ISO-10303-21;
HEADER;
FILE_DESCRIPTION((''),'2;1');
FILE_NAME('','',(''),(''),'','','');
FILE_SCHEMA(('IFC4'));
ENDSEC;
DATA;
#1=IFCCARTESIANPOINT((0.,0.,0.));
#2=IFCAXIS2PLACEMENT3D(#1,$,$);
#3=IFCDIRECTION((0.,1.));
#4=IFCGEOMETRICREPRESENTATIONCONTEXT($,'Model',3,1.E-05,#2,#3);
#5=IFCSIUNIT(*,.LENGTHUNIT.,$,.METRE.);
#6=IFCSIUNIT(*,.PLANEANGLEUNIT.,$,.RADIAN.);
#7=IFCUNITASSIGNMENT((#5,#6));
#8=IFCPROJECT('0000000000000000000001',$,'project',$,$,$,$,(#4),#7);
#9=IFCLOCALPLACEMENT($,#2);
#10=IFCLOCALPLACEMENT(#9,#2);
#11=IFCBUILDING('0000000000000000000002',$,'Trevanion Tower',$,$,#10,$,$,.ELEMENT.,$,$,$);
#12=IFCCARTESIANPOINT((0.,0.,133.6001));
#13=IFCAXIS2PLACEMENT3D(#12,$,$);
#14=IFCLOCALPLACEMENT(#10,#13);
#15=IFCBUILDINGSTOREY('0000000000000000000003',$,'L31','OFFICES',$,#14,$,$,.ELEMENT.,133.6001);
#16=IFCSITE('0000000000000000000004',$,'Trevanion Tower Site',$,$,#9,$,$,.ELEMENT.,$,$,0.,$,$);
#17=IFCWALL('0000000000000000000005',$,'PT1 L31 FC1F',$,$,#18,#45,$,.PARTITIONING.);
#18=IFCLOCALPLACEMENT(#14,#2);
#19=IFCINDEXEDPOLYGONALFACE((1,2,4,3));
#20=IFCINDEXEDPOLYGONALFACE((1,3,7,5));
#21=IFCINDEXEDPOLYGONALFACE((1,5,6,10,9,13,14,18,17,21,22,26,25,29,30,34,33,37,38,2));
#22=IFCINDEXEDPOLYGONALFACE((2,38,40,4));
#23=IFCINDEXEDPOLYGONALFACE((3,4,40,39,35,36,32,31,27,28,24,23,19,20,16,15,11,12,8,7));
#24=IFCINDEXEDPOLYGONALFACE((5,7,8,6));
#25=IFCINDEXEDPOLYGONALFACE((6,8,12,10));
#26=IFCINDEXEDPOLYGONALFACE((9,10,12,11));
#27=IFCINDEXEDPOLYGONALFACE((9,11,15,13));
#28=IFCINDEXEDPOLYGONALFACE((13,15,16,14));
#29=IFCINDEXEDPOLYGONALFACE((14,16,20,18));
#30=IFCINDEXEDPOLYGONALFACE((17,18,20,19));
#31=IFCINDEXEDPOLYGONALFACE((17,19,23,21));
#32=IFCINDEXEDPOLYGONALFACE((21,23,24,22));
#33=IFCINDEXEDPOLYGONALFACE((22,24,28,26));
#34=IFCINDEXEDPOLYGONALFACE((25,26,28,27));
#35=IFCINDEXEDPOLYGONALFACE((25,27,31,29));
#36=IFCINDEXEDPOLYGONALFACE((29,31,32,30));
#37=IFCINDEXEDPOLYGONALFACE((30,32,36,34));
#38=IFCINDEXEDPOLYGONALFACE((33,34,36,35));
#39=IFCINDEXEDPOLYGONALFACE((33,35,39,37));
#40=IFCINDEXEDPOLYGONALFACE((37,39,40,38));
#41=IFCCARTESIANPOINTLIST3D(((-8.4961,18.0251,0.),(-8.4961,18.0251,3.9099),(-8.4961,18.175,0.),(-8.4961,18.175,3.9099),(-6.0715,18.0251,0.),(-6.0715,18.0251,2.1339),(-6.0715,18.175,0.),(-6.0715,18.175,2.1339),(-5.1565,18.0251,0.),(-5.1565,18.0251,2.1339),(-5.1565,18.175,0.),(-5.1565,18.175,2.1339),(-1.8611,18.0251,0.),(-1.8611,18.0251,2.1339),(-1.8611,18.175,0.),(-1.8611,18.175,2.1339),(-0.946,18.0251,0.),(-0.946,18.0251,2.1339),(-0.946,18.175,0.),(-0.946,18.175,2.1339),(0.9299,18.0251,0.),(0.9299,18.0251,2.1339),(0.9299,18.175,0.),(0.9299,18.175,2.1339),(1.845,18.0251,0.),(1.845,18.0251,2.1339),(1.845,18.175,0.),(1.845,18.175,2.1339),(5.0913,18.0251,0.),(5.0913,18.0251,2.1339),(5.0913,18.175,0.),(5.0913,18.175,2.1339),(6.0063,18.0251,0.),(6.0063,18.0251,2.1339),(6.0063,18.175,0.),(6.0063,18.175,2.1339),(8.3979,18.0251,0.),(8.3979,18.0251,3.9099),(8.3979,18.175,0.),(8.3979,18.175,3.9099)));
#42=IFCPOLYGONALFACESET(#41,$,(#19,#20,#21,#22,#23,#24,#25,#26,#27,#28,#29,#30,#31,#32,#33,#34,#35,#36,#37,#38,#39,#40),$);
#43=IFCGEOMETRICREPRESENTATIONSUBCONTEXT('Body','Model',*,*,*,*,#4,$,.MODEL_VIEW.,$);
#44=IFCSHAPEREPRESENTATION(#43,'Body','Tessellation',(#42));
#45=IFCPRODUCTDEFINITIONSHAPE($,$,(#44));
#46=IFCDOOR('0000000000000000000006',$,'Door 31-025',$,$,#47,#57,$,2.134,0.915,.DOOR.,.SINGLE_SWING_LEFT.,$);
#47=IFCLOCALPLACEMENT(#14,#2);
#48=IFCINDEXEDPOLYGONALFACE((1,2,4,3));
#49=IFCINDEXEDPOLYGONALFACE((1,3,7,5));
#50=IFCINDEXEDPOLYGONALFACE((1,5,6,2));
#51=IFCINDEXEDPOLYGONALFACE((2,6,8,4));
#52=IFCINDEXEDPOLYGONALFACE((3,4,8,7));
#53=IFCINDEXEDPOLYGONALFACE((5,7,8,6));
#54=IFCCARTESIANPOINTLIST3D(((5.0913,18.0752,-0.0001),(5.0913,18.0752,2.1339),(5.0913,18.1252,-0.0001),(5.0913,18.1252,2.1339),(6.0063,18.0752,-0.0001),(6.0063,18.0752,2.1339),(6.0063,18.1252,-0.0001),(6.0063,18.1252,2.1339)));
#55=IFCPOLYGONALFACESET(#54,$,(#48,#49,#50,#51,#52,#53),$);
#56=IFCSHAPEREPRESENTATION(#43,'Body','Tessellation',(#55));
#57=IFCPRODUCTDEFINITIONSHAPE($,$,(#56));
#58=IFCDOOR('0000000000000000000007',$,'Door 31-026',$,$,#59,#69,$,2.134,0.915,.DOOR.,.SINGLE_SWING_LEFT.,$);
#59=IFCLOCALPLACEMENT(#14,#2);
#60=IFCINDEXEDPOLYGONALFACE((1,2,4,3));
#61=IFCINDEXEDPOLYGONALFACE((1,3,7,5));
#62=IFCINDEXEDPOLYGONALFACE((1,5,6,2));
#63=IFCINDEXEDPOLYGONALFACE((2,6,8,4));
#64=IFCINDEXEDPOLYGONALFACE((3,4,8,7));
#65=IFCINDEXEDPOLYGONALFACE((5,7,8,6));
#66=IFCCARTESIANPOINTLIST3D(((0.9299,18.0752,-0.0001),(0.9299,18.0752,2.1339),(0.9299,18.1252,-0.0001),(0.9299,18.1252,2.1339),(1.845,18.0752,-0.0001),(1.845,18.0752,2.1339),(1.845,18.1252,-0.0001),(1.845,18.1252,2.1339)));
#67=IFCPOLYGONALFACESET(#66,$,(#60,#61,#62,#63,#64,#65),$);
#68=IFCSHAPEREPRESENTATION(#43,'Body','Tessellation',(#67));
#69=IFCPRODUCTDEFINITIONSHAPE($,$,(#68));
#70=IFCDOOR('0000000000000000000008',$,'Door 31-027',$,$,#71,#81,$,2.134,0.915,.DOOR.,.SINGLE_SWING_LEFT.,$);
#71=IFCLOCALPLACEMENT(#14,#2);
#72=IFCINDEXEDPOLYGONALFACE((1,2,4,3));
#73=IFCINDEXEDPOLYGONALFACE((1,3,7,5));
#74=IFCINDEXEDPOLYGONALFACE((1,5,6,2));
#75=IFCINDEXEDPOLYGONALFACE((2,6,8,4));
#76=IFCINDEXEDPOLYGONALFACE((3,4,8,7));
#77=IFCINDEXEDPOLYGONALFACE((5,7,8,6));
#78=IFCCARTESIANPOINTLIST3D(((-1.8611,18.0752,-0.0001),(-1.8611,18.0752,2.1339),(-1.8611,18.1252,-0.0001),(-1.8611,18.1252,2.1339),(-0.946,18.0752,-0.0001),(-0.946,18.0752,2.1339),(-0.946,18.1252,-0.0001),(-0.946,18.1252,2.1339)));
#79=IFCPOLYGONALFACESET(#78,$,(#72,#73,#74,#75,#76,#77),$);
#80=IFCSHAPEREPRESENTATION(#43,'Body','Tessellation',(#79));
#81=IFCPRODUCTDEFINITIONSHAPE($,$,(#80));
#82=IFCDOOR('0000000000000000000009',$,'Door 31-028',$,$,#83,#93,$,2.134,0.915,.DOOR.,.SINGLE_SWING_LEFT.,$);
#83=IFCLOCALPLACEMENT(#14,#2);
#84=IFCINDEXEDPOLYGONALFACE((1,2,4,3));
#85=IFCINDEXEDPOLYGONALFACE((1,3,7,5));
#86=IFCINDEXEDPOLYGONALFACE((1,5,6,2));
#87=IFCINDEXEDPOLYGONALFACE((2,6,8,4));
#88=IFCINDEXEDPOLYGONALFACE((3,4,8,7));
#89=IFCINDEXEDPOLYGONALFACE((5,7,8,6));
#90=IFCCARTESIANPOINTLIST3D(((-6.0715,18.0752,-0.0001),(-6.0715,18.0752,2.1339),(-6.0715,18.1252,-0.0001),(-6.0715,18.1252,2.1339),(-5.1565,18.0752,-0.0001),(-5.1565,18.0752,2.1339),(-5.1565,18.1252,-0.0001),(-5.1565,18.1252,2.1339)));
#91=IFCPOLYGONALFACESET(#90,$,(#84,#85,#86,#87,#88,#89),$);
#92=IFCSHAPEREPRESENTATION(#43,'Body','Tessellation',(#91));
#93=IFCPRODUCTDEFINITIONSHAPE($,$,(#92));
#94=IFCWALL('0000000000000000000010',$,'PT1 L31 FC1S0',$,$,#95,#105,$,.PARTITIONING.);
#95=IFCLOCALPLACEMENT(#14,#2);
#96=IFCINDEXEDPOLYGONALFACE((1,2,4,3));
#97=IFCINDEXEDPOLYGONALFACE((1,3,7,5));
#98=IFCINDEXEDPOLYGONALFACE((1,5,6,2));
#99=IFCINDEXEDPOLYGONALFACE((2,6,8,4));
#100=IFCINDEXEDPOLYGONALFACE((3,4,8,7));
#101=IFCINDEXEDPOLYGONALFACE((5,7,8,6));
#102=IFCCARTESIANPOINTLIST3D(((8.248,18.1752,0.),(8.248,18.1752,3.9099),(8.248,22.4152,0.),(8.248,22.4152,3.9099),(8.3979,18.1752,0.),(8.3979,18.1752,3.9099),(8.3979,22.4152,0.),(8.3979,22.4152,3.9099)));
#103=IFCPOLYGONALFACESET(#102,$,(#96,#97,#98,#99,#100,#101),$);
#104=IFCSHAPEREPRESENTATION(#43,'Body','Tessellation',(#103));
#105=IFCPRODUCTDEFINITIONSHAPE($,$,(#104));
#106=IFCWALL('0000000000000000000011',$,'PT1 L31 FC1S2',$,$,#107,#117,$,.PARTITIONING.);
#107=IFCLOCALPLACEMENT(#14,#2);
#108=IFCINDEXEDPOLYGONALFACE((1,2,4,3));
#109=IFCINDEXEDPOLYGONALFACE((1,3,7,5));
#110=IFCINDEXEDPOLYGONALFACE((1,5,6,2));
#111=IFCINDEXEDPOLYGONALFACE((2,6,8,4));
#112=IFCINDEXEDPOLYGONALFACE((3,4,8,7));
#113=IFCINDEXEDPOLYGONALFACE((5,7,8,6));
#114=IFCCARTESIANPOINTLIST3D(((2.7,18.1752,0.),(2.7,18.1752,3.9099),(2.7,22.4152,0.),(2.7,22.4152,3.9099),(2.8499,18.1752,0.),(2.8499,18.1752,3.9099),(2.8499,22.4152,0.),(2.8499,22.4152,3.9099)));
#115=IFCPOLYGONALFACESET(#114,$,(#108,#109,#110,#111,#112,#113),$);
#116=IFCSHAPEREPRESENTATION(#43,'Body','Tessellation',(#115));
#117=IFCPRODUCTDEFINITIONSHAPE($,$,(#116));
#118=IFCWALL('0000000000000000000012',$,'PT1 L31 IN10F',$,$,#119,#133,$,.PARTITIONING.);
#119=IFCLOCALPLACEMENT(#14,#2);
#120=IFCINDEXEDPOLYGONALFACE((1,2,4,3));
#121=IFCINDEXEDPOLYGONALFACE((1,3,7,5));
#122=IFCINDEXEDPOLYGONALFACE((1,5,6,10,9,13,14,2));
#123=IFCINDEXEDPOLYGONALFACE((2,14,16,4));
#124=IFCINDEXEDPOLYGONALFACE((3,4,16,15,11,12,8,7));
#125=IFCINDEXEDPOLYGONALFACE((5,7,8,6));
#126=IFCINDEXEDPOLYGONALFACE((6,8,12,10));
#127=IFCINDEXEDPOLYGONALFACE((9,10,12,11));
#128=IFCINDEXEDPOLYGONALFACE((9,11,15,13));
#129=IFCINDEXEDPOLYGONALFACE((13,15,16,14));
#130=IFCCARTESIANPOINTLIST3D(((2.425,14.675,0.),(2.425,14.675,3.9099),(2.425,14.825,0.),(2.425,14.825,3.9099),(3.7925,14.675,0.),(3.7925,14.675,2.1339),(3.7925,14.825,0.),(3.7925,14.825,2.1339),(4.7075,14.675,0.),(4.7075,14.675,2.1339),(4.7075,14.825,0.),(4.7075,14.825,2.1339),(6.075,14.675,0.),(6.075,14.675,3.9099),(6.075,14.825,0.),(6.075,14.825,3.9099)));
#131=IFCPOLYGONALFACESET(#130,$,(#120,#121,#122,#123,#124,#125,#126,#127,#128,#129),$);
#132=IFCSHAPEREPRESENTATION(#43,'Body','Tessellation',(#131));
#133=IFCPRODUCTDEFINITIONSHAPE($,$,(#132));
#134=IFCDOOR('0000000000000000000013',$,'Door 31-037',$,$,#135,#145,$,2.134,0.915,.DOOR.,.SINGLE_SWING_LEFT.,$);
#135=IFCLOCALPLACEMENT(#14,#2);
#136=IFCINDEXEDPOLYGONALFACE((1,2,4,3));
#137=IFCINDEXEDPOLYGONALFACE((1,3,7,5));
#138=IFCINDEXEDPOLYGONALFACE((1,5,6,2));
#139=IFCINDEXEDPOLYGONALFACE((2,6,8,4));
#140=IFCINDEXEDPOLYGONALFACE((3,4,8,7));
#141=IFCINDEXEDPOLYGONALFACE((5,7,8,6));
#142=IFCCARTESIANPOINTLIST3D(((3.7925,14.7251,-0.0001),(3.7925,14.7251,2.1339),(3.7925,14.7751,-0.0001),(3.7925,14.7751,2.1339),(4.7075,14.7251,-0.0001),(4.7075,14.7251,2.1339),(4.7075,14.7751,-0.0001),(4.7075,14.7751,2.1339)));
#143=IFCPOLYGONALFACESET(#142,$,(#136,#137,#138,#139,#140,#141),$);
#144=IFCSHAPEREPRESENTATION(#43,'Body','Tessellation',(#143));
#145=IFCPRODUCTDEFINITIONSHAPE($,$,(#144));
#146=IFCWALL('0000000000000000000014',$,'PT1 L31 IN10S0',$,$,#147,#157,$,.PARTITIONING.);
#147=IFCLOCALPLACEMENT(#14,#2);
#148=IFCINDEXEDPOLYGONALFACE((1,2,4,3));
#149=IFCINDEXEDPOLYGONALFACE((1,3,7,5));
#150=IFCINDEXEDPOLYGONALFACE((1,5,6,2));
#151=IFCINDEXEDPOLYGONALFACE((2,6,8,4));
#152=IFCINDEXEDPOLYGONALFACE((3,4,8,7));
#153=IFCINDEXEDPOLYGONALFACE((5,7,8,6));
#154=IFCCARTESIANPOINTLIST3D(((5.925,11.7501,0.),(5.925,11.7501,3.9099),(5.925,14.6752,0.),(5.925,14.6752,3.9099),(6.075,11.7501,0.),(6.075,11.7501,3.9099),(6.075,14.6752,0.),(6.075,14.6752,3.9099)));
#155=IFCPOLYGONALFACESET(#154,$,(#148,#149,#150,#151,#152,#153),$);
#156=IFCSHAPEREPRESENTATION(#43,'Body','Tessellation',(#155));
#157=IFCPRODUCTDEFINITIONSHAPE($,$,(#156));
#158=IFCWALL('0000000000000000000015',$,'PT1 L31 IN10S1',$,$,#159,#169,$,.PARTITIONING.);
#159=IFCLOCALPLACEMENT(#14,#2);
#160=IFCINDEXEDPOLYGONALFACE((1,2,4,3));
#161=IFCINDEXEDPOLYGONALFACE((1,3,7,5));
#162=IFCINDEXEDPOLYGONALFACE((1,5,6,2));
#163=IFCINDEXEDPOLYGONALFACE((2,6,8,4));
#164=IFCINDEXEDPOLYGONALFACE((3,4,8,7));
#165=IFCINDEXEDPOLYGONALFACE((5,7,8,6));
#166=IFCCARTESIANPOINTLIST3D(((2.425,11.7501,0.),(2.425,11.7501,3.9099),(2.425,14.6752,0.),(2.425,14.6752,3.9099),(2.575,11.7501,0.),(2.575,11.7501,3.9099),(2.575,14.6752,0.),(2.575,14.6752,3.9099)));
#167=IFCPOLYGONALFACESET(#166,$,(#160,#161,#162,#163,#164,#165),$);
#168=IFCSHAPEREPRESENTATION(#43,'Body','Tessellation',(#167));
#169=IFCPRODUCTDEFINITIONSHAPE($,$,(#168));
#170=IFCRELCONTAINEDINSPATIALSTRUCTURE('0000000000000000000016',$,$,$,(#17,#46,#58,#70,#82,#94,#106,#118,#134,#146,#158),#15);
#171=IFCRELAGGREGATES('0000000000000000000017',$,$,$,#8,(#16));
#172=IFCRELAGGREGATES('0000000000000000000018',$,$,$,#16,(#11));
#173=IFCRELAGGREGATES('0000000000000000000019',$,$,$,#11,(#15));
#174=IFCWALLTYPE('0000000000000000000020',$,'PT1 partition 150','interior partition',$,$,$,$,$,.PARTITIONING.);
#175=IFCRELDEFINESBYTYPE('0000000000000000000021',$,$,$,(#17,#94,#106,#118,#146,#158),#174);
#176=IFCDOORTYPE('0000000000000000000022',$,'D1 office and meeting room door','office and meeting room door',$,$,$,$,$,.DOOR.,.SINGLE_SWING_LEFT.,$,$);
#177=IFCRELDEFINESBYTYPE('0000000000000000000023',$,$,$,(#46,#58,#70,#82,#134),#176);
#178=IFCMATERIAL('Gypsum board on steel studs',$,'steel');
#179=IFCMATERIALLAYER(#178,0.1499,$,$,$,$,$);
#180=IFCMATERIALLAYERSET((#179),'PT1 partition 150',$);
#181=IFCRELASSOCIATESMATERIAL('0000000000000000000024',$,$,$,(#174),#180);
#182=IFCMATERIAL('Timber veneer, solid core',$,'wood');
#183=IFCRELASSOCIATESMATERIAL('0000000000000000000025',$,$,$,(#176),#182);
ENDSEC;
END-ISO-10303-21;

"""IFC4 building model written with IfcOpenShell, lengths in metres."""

from ifc_helpers import new_model, si_unit, direction, frame, frame_2d, origin, place, context, subcontext, project, spatial, rectangle, extrude, material, layer, layer_set, type_object, element, fill, save


model = new_model("IFC4")

# Units and contexts
model_context = context("Model", 3, precision=1e-05, world=origin(), true_north=direction((0.0, 1.0)))
body_context = subcontext(model_context, "Body", "Model", "MODEL_VIEW")
ifc_project = project(units=[si_unit("LENGTHUNIT", "METRE"), si_unit("PLANEANGLEUNIT", "RADIAN")], contexts=[model_context])

# Site, building, storey
site_placement = place(None, origin())
site = spatial("IfcSite", under=ifc_project, at=site_placement, Name="Trevanion Tower Site", CompositionType="ELEMENT", RefElevation=0.0)
building_placement = place(site_placement, origin())
building = spatial("IfcBuilding", under=site, at=building_placement, Name="Trevanion Tower", CompositionType="ELEMENT")
storey_placement = place(building_placement, frame((0.0, 0.0, 133.6001)))
storey = spatial("IfcBuildingStorey", under=building, at=storey_placement, Name="L31", Description="OFFICES", CompositionType="ELEMENT", Elevation=133.6001)

# Wall, openings, doors
ifc_material_1 = material(Name="Gypsum board on steel studs", Category="steel")
ifc_layer_1 = layer(ifc_material_1, 0.1499)
ifc_layer_set_1 = layer_set([ifc_layer_1], Name="PT1 partition 150")
wall_type_1 = type_object("IfcWallType", Name="PT1 partition 150", Description="interior partition", PredefinedType="PARTITIONING", material=ifc_layer_set_1)
wall_1_placement = place(storey_placement, frame((8.3979, 18.1001, 0.0), z_axis=(0.0, 0.0, 1.0), x_axis=(-1.0, 0.0, 0.0)))
wall_1 = element("IfcWall", 1, at=wall_1_placement, inside=storey, type_object=wall_type_1, Name="PT1 L31 FC1F", PredefinedType="PARTITIONING", context=body_context, shape_type="SweptSolid", body=[
    extrude(rectangle(XDim=16.894, YDim=0.1499, at=frame_2d((8.447, 0.0))), origin(), (0.0, 0.0, 1.0), 3.9099),
])
opening_1_placement = place(wall_1_placement, frame((2.3916, 0.0, 0.0)))
opening_1 = element("IfcOpeningElement", 2, at=opening_1_placement, cuts=wall_1, PredefinedType="OPENING", context=body_context, shape_type="SweptSolid", body=[
    extrude(rectangle(XDim=0.915, YDim=2.134, at=frame_2d((0.4575, 1.0669))), frame((0.0, 0.085, 0.0), z_axis=(0.0, -1.0, 0.0), x_axis=(1.0, 0.0, 0.0)), (0.0, 0.0, 1.0), 0.1699),
])
opening_2_placement = place(wall_1_placement, frame((6.553, 0.0, 0.0)))
opening_2 = element("IfcOpeningElement", 3, at=opening_2_placement, cuts=wall_1, PredefinedType="OPENING", context=body_context, shape_type="SweptSolid", body=[
    extrude(rectangle(XDim=0.915, YDim=2.134, at=frame_2d((0.4575, 1.0669))), frame((0.0, 0.085, 0.0), z_axis=(0.0, -1.0, 0.0), x_axis=(1.0, 0.0, 0.0)), (0.0, 0.0, 1.0), 0.1699),
])
opening_3_placement = place(wall_1_placement, frame((9.344, 0.0, 0.0)))
opening_3 = element("IfcOpeningElement", 4, at=opening_3_placement, cuts=wall_1, PredefinedType="OPENING", context=body_context, shape_type="SweptSolid", body=[
    extrude(rectangle(XDim=0.915, YDim=2.134, at=frame_2d((0.4575, 1.0669))), frame((0.0, 0.085, 0.0), z_axis=(0.0, -1.0, 0.0), x_axis=(1.0, 0.0, 0.0)), (0.0, 0.0, 1.0), 0.1699),
])
opening_4_placement = place(wall_1_placement, frame((13.5544, 0.0, 0.0)))
opening_4 = element("IfcOpeningElement", 5, at=opening_4_placement, cuts=wall_1, PredefinedType="OPENING", context=body_context, shape_type="SweptSolid", body=[
    extrude(rectangle(XDim=0.915, YDim=2.134, at=frame_2d((0.4575, 1.0669))), frame((0.0, 0.085, 0.0), z_axis=(0.0, -1.0, 0.0), x_axis=(1.0, 0.0, 0.0)), (0.0, 0.0, 1.0), 0.1699),
])
ifc_material_2 = material(Name="Timber veneer, solid core", Category="wood")
door_type = type_object("IfcDoorType", Name="D1 office and meeting room door", Description="office and meeting room door", OperationType="SINGLE_SWING_LEFT", PredefinedType="DOOR", material=ifc_material_2)
door_1_placement = place(opening_1_placement, origin())
door_1 = element("IfcDoor", 6, at=door_1_placement, inside=storey, type_object=door_type, Name="Door 31-025", OperationType="SINGLE_SWING_LEFT", OverallHeight=2.134, OverallWidth=0.915, PredefinedType="DOOR", context=body_context, shape_type="SweptSolid", body=[
    extrude(rectangle(XDim=0.915, YDim=2.134, at=frame_2d((0.4575, 1.0669))), frame((0.0, 0.0249, 0.0), z_axis=(0.0, -1.0, 0.0), x_axis=(1.0, 0.0, 0.0)), (0.0, 0.0, 1.0), 0.05),
])
fill(opening_1, door_1)
door_2_placement = place(opening_2_placement, origin())
door_2 = element("IfcDoor", 7, at=door_2_placement, inside=storey, type_object=door_type, Name="Door 31-026", OperationType="SINGLE_SWING_LEFT", OverallHeight=2.134, OverallWidth=0.915, PredefinedType="DOOR", context=body_context, shape_type="SweptSolid", body=[
    extrude(rectangle(XDim=0.915, YDim=2.134, at=frame_2d((0.4575, 1.0669))), frame((0.0, 0.0249, 0.0), z_axis=(0.0, -1.0, 0.0), x_axis=(1.0, 0.0, 0.0)), (0.0, 0.0, 1.0), 0.05),
])
fill(opening_2, door_2)
door_3_placement = place(opening_3_placement, origin())
door_3 = element("IfcDoor", 8, at=door_3_placement, inside=storey, type_object=door_type, Name="Door 31-027", OperationType="SINGLE_SWING_LEFT", OverallHeight=2.134, OverallWidth=0.915, PredefinedType="DOOR", context=body_context, shape_type="SweptSolid", body=[
    extrude(rectangle(XDim=0.915, YDim=2.134, at=frame_2d((0.4575, 1.0669))), frame((0.0, 0.0249, 0.0), z_axis=(0.0, -1.0, 0.0), x_axis=(1.0, 0.0, 0.0)), (0.0, 0.0, 1.0), 0.05),
])
fill(opening_3, door_3)
door_4_placement = place(opening_4_placement, origin())
door_4 = element("IfcDoor", 9, at=door_4_placement, inside=storey, type_object=door_type, Name="Door 31-028", OperationType="SINGLE_SWING_LEFT", OverallHeight=2.134, OverallWidth=0.915, PredefinedType="DOOR", context=body_context, shape_type="SweptSolid", body=[
    extrude(rectangle(XDim=0.915, YDim=2.134, at=frame_2d((0.4575, 1.0669))), frame((0.0, 0.0249, 0.0), z_axis=(0.0, -1.0, 0.0), x_axis=(1.0, 0.0, 0.0)), (0.0, 0.0, 1.0), 0.05),
])
fill(opening_4, door_4)

# Walls
for number, where, z_axis, x_axis, name in (
    (10, (8.323, 18.175, 0.0), (0.0, 0.0, 1.0), (0.0, 1.0, 0.0), "PT1 L31 FC1S0"),
    (11, (2.7749, 18.175, 0.0), (0.0, 0.0, 1.0), (0.0, 1.0, 0.0), "PT1 L31 FC1S2"),
):
    element("IfcWall", number, at=place(storey_placement, frame(where, z_axis=z_axis, x_axis=x_axis)), inside=storey, type_object=wall_type_1, Name=name, PredefinedType="PARTITIONING", context=body_context, shape_type="SweptSolid", body=[
        extrude(rectangle(XDim=4.24, YDim=0.1499, at=frame_2d((2.1201, 0.0))), origin(), (0.0, 0.0, 1.0), 3.9099),
    ])

# Wall, opening, door
wall_2_placement = place(storey_placement, frame((6.075, 14.75, 0.0), z_axis=(0.0, 0.0, 1.0), x_axis=(-1.0, 0.0, 0.0)))
wall_2 = element("IfcWall", 12, at=wall_2_placement, inside=storey, type_object=wall_type_1, Name="PT1 L31 IN10F", PredefinedType="PARTITIONING", context=body_context, shape_type="SweptSolid", body=[
    extrude(rectangle(XDim=3.6499, YDim=0.1499, at=frame_2d((1.825, 0.0))), origin(), (0.0, 0.0, 1.0), 3.9099),
])
opening_5_placement = place(wall_2_placement, frame((1.3674, 0.0, 0.0)))
opening_5 = element("IfcOpeningElement", 13, at=opening_5_placement, cuts=wall_2, PredefinedType="OPENING", context=body_context, shape_type="SweptSolid", body=[
    extrude(rectangle(XDim=0.915, YDim=2.134, at=frame_2d((0.4575, 1.0669))), frame((0.0, 0.085, 0.0), z_axis=(0.0, -1.0, 0.0), x_axis=(1.0, 0.0, 0.0)), (0.0, 0.0, 1.0), 0.1699),
])
door_5_placement = place(opening_5_placement, origin())
door_5 = element("IfcDoor", 14, at=door_5_placement, inside=storey, type_object=door_type, Name="Door 31-037", OperationType="SINGLE_SWING_LEFT", OverallHeight=2.134, OverallWidth=0.915, PredefinedType="DOOR", context=body_context, shape_type="SweptSolid", body=[
    extrude(rectangle(XDim=0.915, YDim=2.134, at=frame_2d((0.4575, 1.0669))), frame((0.0, 0.0249, 0.0), z_axis=(0.0, -1.0, 0.0), x_axis=(1.0, 0.0, 0.0)), (0.0, 0.0, 1.0), 0.05),
])
fill(opening_5, door_5)

# Walls
for number, where, z_axis, x_axis, name in (
    (15, (6.0, 14.675, 0.0), (0.0, 0.0, 1.0), (0.0, -1.0, 0.0), "PT1 L31 IN10S0"),
    (16, (2.5, 14.675, 0.0), (0.0, 0.0, 1.0), (0.0, -1.0, 0.0), "PT1 L31 IN10S1"),
):
    element("IfcWall", number, at=place(storey_placement, frame(where, z_axis=z_axis, x_axis=x_axis)), inside=storey, type_object=wall_type_1, Name=name, PredefinedType="PARTITIONING", context=body_context, shape_type="SweptSolid", body=[
        extrude(rectangle(XDim=2.925, YDim=0.1499, at=frame_2d((1.4624, 0.0))), origin(), (0.0, 0.0, 1.0), 3.9099),
    ])

save(model, "model.ifc")
